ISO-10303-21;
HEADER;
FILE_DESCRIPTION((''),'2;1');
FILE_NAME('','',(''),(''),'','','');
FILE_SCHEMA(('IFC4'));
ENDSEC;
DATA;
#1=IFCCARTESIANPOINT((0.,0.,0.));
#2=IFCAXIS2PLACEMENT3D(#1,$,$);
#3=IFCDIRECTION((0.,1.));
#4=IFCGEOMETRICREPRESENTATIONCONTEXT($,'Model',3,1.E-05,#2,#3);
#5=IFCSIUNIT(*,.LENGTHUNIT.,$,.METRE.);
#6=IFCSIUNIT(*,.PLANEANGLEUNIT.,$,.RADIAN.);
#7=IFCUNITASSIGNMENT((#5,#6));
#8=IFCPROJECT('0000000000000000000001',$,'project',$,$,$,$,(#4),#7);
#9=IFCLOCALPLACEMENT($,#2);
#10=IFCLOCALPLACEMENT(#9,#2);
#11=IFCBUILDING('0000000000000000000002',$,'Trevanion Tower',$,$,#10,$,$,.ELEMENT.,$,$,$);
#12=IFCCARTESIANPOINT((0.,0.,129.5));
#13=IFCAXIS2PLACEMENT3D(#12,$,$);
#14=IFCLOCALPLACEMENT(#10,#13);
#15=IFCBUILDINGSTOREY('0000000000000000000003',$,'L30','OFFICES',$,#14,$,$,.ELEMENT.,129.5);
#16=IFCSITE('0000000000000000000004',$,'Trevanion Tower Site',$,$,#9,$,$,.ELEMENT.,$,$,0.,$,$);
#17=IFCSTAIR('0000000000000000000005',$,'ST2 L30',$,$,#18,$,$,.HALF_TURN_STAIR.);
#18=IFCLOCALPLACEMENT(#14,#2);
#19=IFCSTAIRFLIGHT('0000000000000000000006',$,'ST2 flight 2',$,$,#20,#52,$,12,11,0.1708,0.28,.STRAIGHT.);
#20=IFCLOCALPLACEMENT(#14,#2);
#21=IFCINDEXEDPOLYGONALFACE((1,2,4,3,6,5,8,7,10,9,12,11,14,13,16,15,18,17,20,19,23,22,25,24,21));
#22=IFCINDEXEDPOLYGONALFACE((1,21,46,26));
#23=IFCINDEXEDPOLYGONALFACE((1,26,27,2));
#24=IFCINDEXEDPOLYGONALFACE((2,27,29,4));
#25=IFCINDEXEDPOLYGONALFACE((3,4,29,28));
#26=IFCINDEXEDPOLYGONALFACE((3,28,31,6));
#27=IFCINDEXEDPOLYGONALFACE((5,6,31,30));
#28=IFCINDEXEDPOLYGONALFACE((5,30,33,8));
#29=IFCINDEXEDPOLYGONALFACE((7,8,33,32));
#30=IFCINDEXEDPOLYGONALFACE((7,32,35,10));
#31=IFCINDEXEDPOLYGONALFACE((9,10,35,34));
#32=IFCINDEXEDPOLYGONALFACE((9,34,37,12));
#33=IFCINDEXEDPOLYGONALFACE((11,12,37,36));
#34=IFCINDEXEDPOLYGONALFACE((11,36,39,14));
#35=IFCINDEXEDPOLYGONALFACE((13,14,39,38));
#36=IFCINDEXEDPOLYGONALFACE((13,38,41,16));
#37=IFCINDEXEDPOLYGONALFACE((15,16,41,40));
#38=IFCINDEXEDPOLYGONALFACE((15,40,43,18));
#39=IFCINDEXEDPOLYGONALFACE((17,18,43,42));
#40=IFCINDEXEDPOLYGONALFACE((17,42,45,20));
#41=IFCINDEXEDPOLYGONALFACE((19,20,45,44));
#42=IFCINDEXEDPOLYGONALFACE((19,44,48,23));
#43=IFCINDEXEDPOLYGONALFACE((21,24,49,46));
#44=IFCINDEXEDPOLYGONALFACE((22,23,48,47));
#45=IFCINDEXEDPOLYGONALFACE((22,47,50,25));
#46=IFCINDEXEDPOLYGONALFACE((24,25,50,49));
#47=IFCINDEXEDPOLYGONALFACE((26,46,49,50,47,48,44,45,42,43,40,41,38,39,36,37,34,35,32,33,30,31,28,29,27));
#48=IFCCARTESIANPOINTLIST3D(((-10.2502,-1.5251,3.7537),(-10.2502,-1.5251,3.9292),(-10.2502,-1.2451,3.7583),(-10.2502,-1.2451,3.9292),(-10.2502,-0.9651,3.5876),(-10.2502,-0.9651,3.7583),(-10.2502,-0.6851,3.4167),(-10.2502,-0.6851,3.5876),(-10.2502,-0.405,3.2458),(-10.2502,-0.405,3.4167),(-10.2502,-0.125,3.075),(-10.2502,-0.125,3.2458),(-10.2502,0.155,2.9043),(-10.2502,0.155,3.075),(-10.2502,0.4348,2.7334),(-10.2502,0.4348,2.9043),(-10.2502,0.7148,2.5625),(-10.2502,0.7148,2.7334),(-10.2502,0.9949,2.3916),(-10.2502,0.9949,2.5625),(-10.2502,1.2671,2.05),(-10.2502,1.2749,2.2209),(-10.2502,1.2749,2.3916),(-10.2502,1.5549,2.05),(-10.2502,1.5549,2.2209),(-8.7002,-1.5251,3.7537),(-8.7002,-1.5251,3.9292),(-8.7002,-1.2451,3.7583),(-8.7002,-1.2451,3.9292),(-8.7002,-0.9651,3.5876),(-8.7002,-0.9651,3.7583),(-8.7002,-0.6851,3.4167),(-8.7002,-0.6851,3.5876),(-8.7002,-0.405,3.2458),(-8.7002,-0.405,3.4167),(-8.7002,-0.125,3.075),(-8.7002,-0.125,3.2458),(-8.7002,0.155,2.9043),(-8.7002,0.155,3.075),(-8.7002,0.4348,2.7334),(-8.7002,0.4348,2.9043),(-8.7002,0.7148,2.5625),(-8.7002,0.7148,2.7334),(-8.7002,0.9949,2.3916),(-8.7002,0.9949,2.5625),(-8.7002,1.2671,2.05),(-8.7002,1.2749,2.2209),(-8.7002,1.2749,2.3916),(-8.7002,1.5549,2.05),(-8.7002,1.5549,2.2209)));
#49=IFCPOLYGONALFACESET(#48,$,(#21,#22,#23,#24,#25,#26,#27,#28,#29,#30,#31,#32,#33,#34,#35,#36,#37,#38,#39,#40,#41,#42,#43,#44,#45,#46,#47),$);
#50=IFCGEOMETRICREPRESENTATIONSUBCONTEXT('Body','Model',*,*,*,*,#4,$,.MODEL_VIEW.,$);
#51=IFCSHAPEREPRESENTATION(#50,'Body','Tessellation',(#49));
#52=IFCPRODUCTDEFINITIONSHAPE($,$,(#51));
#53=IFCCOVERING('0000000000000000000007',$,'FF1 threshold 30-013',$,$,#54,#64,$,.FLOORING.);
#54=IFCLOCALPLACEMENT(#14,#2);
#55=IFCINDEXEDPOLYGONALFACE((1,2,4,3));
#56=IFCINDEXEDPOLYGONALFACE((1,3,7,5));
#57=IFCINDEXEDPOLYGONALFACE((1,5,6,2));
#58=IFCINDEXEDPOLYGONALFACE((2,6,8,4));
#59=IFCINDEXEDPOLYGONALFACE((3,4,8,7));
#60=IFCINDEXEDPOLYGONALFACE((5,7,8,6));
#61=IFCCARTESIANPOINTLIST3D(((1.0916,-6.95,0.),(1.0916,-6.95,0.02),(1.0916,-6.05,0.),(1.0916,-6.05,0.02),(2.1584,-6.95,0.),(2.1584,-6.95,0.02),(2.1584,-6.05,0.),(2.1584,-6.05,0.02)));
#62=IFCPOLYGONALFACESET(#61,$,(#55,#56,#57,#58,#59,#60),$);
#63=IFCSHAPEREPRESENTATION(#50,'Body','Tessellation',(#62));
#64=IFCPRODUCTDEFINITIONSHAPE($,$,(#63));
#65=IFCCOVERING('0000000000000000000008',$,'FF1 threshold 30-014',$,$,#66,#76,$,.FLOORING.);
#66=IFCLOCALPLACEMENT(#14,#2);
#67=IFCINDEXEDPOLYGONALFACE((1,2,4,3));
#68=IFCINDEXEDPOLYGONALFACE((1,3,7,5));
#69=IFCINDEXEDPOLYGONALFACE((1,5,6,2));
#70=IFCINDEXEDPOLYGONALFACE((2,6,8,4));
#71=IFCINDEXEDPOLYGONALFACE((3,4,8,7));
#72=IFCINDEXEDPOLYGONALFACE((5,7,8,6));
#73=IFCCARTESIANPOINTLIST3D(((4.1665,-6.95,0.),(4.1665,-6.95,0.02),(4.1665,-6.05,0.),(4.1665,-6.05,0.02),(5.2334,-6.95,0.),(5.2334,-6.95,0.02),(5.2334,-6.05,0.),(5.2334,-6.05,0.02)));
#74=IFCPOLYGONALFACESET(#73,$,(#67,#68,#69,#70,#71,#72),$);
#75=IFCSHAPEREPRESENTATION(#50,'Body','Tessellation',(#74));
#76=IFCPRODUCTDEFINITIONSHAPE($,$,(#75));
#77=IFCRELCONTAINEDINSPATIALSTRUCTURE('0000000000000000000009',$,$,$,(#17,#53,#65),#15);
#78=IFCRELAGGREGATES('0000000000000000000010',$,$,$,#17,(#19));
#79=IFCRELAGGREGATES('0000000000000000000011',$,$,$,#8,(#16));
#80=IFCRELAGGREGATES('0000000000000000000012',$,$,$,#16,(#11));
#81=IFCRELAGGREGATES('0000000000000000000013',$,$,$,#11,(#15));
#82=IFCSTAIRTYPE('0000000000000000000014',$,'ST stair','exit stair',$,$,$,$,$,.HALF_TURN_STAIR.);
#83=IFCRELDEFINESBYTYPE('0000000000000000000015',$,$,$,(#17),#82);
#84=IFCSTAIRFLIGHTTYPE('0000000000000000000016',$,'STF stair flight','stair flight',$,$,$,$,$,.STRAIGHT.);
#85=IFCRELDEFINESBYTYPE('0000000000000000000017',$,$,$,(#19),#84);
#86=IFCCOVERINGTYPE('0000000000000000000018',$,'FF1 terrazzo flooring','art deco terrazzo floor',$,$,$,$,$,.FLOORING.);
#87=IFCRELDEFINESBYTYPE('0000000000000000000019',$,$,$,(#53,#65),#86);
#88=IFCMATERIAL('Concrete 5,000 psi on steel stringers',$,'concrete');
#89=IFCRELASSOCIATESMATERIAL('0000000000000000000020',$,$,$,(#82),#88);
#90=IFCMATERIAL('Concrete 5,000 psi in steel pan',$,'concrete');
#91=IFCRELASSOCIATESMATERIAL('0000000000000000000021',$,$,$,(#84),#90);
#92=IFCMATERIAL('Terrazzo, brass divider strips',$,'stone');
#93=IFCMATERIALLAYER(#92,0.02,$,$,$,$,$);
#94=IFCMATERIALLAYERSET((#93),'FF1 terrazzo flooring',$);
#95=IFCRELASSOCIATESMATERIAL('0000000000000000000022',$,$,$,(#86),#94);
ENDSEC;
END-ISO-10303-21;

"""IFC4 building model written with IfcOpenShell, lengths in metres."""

from ifc_helpers import new_model, si_unit, direction, frame, origin, place, context, subcontext, project, spatial, polyline, outline, extrude, material, layer, layer_set, type_object, element, aggregate, save


model = new_model("IFC4")

# Units and contexts
model_context = context("Model", 3, precision=1e-05, world=origin(), true_north=direction((0.0, 1.0)))
body_context = subcontext(model_context, "Body", "Model", "MODEL_VIEW")
ifc_project = project(units=[si_unit("LENGTHUNIT", "METRE"), si_unit("PLANEANGLEUNIT", "RADIAN")], contexts=[model_context])

# Site, building, storey
site_placement = place(None, origin())
site = spatial("IfcSite", under=ifc_project, at=site_placement, Name="Trevanion Tower Site", CompositionType="ELEMENT", RefElevation=0.0)
building_placement = place(site_placement, origin())
building = spatial("IfcBuilding", under=site, at=building_placement, Name="Trevanion Tower", CompositionType="ELEMENT")
storey_placement = place(building_placement, frame((0.0, 0.0, 129.5)))
storey = spatial("IfcBuildingStorey", under=building, at=storey_placement, Name="L30", Description="OFFICES", CompositionType="ELEMENT", Elevation=129.5)

# Shared definitions
ifc_material_1 = material(Name="Concrete 5,000 psi on steel stringers", Category="concrete")
stair_type = type_object("IfcStairType", Name="ST stair", Description="exit stair", PredefinedType="HALF_TURN_STAIR", material=ifc_material_1)

# Stair
stair_1_placement = place(storey_placement, origin())
stair_1 = element("IfcStair", 1, at=stair_1_placement, inside=storey, type_object=stair_type, Name="ST2 L30", PredefinedType="HALF_TURN_STAIR")

# Stair flight
ifc_material_2 = material(Name="Concrete 5,000 psi in steel pan", Category="concrete")
stair_flight_type = type_object("IfcStairFlightType", Name="STF stair flight", Description="stair flight", PredefinedType="STRAIGHT", material=ifc_material_2)
stair_flight_placement = place(storey_placement, frame((-9.4751, 1.5549, 2.05), z_axis=(0.0, 0.0, 1.0), x_axis=(0.0, -1.0, 0.0)))
stair_flight = element("IfcStairFlight", 2, at=stair_flight_placement, type_object=stair_flight_type, Name="ST2 flight 2", NumberOfRisers=12, NumberOfTreads=11, PredefinedType="STRAIGHT", RiserHeight=0.1708, TreadLength=0.28, context=body_context, shape_type="SweptSolid", body=[
    extrude(outline(polyline([(0.0, 0.0), (0.0, 0.1709), (0.28, 0.1709), (0.28, 0.3416), (0.5601, 0.3416), (0.5601, 0.5125), (0.8401, 0.5125), (0.8401, 0.6833), (1.1201, 0.6833), (1.1201, 0.8542), (1.3999, 0.8542), (1.3999, 1.0249), (1.6799, 1.0249), (1.6799, 1.1958), (1.96, 1.1958), (1.96, 1.3667), (2.24, 1.3667), (2.24, 1.5376), (2.52, 1.5376), (2.52, 1.7083), (2.8, 1.7083), (2.8, 1.8792), (3.0801, 1.8792), (3.0801, 2.05), (3.0801, 1.7036), (0.2878, 0.0), (0.0, 0.0)])), frame((0.0, 0.7749, 0.0), z_axis=(0.0, -1.0, 0.0), x_axis=(1.0, 0.0, 0.0)), (0.0, 0.0, 1.0), 1.55),
])
aggregate(stair_1, [stair_flight])

# Coverings
ifc_material_3 = material(Name="Terrazzo, brass divider strips", Category="stone")
ifc_layer_1 = layer(ifc_material_3, 0.02)
ifc_layer_set_1 = layer_set([ifc_layer_1], Name="FF1 terrazzo flooring")
covering_type = type_object("IfcCoveringType", Name="FF1 terrazzo flooring", Description="art deco terrazzo floor", PredefinedType="FLOORING", material=ifc_layer_set_1)
covering_1_placement = place(storey_placement, origin())
element("IfcCovering", 3, at=covering_1_placement, inside=storey, type_object=covering_type, Name="FF1 threshold 30-013", PredefinedType="FLOORING", context=body_context, shape_type="SweptSolid", body=[
    extrude(outline(polyline([(1.0916, -6.95), (2.1584, -6.95), (2.1584, -6.05), (1.0916, -6.05), (1.0916, -6.95)])), origin(), (0.0, 0.0, 1.0), 0.02),
])
covering_2_placement = place(storey_placement, origin())
element("IfcCovering", 4, at=covering_2_placement, inside=storey, type_object=covering_type, Name="FF1 threshold 30-014", PredefinedType="FLOORING", context=body_context, shape_type="SweptSolid", body=[
    extrude(outline(polyline([(4.1665, -6.95), (5.2334, -6.95), (5.2334, -6.05), (4.1665, -6.05), (4.1665, -6.95)])), origin(), (0.0, 0.0, 1.0), 0.02),
])

save(model, "model.ifc")
